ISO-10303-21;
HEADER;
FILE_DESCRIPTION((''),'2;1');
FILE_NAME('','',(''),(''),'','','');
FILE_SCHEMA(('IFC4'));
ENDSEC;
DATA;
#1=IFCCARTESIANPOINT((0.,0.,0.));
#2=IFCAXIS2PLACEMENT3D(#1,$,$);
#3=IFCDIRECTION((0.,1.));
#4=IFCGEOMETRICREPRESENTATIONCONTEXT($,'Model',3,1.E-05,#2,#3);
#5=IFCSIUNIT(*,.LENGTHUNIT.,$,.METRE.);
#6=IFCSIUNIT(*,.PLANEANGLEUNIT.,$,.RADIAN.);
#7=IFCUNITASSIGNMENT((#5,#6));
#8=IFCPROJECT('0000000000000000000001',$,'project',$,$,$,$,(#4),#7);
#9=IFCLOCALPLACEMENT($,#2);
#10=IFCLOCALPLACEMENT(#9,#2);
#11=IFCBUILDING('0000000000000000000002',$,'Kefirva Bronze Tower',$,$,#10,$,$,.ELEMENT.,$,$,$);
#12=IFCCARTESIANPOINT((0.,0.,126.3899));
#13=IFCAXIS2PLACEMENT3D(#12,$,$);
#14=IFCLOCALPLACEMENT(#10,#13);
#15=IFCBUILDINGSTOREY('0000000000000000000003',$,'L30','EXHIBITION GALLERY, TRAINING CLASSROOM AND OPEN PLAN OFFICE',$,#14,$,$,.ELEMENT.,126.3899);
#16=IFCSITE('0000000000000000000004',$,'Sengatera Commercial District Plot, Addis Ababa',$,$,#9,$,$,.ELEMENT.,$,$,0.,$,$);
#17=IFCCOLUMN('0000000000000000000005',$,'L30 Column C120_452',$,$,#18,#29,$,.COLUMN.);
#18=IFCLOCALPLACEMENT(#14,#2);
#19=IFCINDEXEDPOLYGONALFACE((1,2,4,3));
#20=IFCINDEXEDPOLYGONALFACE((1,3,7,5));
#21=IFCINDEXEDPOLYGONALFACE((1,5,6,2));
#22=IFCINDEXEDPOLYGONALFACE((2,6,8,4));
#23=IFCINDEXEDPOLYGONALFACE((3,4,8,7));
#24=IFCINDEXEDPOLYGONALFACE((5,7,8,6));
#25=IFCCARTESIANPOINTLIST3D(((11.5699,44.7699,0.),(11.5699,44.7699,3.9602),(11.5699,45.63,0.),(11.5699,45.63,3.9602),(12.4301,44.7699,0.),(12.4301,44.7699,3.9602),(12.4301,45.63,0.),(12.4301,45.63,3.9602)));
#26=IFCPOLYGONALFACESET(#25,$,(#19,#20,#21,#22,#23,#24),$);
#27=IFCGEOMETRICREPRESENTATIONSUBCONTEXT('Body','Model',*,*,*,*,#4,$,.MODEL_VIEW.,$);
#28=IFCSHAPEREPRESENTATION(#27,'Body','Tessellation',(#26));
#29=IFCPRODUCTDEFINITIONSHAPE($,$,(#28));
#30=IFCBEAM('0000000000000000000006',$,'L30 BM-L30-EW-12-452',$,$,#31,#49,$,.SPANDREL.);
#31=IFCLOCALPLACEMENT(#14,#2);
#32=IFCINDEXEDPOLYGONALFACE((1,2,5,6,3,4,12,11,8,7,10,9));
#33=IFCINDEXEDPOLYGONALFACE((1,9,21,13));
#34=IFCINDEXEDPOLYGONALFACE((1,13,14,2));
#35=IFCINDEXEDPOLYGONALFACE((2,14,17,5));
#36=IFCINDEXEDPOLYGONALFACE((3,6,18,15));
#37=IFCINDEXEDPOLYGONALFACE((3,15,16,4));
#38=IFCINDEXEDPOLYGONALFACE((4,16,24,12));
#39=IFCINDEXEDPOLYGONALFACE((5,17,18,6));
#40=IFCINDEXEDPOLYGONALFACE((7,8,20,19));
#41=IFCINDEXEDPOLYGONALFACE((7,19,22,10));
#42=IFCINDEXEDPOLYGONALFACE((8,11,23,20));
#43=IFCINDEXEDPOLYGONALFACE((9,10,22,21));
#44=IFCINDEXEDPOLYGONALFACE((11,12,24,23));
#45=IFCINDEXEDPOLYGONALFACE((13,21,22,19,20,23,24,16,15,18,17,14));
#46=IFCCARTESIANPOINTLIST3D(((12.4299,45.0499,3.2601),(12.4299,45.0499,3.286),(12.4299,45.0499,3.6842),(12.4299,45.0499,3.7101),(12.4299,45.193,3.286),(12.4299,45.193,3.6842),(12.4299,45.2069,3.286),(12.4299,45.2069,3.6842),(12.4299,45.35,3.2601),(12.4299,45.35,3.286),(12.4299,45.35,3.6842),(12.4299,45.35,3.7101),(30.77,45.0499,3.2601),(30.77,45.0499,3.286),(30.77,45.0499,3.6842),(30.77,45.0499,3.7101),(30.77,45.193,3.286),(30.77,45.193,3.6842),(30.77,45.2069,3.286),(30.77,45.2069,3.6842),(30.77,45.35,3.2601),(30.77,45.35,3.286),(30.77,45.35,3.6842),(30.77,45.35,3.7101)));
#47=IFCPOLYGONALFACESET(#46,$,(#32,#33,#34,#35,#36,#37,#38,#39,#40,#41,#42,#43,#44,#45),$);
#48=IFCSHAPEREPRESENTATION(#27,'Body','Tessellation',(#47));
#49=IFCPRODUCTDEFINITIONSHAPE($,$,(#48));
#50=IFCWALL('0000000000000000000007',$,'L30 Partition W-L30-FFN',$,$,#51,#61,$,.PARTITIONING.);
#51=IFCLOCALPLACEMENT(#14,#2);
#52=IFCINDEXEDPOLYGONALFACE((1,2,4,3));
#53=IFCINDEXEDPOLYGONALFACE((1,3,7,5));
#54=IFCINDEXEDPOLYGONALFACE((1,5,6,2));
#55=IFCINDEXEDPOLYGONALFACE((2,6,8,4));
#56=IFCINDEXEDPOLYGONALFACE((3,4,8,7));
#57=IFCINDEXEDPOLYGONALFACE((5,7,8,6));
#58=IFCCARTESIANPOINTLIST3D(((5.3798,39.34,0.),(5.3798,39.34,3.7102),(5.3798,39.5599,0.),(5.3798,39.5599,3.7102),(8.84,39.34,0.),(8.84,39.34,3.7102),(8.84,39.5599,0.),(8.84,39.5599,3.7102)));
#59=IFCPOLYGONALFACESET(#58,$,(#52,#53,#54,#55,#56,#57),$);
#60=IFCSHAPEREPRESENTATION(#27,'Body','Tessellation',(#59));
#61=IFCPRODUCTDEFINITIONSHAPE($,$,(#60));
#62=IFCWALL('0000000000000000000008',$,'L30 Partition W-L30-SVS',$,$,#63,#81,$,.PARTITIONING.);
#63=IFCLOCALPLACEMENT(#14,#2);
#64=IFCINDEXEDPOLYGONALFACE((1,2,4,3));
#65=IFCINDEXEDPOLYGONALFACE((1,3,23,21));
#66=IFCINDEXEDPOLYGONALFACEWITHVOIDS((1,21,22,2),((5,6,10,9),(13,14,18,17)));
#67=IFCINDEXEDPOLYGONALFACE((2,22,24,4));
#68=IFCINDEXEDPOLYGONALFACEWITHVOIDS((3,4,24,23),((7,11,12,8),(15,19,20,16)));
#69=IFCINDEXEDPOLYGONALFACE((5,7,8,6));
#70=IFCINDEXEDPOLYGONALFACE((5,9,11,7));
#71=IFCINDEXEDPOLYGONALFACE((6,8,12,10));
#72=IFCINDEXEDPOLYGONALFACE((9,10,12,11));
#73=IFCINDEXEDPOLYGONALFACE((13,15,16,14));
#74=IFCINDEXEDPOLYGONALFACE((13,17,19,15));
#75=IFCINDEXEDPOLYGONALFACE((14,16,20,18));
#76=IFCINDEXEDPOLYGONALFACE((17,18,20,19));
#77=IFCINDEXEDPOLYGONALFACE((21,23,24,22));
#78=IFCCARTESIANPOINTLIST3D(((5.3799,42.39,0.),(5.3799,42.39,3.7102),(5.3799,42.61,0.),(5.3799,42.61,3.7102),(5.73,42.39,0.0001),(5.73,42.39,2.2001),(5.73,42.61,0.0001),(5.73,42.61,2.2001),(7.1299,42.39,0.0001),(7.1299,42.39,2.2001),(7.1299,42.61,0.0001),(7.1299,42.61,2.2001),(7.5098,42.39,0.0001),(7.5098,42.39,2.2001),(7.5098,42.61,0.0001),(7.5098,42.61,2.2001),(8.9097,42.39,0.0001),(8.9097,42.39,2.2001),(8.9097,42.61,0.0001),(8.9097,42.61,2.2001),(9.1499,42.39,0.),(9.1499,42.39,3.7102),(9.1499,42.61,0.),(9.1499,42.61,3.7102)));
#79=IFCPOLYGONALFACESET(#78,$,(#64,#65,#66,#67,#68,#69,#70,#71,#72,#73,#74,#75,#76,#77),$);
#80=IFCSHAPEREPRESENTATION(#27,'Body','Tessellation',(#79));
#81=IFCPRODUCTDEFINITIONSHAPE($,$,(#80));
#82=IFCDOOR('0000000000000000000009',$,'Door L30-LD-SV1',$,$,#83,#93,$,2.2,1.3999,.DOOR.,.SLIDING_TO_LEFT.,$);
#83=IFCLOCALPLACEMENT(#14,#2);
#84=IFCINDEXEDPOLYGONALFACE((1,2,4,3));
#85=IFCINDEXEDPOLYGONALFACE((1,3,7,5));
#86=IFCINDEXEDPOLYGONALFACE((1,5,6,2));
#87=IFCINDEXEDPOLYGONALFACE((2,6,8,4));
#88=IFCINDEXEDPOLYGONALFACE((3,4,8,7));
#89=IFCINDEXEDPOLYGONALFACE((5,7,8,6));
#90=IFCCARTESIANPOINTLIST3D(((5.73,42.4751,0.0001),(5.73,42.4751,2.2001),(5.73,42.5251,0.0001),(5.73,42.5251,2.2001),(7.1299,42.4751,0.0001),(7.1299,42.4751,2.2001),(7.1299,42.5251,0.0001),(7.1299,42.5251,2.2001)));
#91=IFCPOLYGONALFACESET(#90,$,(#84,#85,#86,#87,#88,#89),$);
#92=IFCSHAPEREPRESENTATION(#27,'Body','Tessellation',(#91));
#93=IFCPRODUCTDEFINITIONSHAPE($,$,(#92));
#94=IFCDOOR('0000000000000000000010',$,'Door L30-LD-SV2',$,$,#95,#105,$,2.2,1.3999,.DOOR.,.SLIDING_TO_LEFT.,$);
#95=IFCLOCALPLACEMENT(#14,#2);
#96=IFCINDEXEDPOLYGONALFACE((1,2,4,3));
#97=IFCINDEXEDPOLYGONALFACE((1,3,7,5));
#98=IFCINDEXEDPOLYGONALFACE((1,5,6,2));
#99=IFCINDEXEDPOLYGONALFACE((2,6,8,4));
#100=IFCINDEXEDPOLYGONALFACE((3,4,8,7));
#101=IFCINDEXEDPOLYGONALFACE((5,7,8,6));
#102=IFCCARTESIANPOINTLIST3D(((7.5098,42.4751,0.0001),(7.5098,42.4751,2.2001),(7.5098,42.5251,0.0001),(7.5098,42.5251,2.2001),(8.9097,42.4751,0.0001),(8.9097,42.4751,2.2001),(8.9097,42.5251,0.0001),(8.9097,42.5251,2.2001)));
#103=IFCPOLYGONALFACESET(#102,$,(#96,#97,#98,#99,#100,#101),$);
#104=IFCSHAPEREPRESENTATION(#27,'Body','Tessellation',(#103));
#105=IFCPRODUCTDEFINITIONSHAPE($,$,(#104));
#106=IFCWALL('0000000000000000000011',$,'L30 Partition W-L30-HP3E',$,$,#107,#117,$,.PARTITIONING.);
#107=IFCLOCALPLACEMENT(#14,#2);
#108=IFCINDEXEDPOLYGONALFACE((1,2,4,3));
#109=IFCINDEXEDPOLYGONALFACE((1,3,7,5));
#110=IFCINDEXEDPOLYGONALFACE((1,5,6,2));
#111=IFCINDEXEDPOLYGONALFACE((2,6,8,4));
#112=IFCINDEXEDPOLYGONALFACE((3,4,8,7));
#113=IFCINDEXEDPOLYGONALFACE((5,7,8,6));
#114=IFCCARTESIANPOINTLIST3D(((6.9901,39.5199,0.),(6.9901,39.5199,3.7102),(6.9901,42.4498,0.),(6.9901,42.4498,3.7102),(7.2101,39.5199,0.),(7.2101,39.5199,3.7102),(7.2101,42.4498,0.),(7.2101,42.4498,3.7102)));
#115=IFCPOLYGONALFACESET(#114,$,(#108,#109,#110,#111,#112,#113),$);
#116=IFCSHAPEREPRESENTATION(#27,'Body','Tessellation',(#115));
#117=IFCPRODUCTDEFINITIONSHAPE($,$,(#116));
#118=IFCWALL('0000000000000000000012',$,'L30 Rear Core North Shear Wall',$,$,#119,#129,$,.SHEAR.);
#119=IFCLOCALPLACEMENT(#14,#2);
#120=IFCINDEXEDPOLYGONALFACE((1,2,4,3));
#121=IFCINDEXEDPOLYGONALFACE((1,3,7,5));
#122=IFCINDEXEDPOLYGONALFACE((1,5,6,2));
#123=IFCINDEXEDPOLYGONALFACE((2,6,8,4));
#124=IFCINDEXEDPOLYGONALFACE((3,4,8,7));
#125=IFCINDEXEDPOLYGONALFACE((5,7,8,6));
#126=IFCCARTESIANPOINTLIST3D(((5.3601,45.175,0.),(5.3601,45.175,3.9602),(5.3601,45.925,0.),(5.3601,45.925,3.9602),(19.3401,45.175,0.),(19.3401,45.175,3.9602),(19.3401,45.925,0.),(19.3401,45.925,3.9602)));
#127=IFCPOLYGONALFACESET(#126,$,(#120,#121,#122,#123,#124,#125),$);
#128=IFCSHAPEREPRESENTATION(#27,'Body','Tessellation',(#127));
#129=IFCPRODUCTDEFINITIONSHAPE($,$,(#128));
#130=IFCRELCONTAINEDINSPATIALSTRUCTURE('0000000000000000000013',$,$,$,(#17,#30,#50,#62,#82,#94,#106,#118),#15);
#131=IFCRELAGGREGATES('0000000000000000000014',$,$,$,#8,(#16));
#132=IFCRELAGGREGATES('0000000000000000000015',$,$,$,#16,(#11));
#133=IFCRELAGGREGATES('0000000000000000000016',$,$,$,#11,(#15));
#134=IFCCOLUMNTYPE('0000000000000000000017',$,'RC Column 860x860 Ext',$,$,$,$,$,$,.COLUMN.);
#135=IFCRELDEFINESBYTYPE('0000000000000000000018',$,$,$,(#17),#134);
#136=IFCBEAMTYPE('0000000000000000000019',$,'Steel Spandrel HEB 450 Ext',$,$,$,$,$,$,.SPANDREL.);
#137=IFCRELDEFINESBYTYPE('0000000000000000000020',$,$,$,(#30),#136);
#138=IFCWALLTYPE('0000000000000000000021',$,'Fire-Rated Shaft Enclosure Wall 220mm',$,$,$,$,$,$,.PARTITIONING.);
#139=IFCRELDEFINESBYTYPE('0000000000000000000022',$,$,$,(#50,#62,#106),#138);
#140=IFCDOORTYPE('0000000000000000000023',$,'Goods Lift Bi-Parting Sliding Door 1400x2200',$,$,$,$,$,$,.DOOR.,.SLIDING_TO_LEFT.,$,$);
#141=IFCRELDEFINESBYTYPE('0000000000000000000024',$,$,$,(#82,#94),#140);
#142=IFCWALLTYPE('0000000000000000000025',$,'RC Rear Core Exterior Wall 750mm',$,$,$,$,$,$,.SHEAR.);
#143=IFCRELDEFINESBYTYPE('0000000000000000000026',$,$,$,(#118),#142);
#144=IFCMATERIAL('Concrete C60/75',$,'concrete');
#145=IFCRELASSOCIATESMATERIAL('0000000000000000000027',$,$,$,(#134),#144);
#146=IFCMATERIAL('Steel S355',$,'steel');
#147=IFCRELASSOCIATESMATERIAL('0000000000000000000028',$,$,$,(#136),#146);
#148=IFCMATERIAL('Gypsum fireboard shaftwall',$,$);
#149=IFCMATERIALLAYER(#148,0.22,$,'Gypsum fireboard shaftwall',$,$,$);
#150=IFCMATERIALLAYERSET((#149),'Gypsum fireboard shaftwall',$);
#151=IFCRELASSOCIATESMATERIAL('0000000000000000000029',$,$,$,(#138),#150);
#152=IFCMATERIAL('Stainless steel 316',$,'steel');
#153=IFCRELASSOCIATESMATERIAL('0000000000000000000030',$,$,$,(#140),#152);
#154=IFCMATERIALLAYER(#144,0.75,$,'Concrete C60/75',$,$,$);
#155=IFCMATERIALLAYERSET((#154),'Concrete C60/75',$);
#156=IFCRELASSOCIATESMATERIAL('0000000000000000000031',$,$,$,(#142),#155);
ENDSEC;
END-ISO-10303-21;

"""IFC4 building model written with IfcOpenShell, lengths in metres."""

from ifc_helpers import new_model, si_unit, direction, frame, frame_2d, origin, origin_2d, place, context, subcontext, project, spatial, rectangle, i_section, extrude, material, layer, layer_set, material_profile, profile_set, type_object, element, fill, save


model = new_model("IFC4")

# Units and contexts
model_context = context("Model", 3, precision=1e-05, world=origin(), true_north=direction((0.0, 1.0)))
body_context = subcontext(model_context, "Body", "Model", "MODEL_VIEW")
ifc_project = project(units=[si_unit("LENGTHUNIT", "METRE"), si_unit("PLANEANGLEUNIT", "RADIAN")], contexts=[model_context])

# Site, building, storey
site_placement = place(None, origin())
site = spatial("IfcSite", under=ifc_project, at=site_placement, Name="Sengatera Commercial District Plot, Addis Ababa", CompositionType="ELEMENT", RefElevation=0.0)
building_placement = place(site_placement, origin())
building = spatial("IfcBuilding", under=site, at=building_placement, Name="Kefirva Bronze Tower", CompositionType="ELEMENT")
storey_placement = place(building_placement, frame((0.0, 0.0, 126.3899)))
storey = spatial("IfcBuildingStorey", under=building, at=storey_placement, Name="L30", Description="EXHIBITION GALLERY, TRAINING CLASSROOM AND OPEN PLAN OFFICE", CompositionType="ELEMENT", Elevation=126.3899)

# Column
ifc_material_1 = material(Name="Concrete C60/75", Category="concrete")
ifc_material_profile_1 = material_profile(ifc_material_1, rectangle(XDim=0.8601, YDim=0.8601, at=origin_2d()), Name="RC 860x860")
ifc_profile_set_1 = profile_set([ifc_material_profile_1], Name="Concrete C60/75")
column_type = type_object("IfcColumnType", Name="RC Column 860x860 Ext", PredefinedType="COLUMN", material=ifc_profile_set_1)
column_placement = place(storey_placement, frame((12.0, 45.2, 0.0), z_axis=(0.0, 0.0, 1.0), x_axis=(1.0, 0.0, 0.0)))
element("IfcColumn", 1, at=column_placement, inside=storey, type_object=column_type, Name="L30 Column C120_452", PredefinedType="COLUMN", context=body_context, shape_type="SweptSolid", body=[
    extrude(rectangle(XDim=0.8601, YDim=0.8601, at=origin_2d()), origin(), (0.0, 0.0, 1.0), 3.9602),
])

# Beam
ifc_material_2 = material(Name="Steel S355", Category="steel")
ifc_material_profile_2 = material_profile(ifc_material_2, i_section(OverallWidth=0.3, OverallDepth=0.45, WebThickness=0.0139, FlangeThickness=0.0259, at=origin_2d()), Name="HEB 450")
ifc_profile_set_2 = profile_set([ifc_material_profile_2], Name="Steel S355")
beam_type = type_object("IfcBeamType", Name="Steel Spandrel HEB 450 Ext", PredefinedType="SPANDREL", material=ifc_profile_set_2)
beam_placement = place(storey_placement, frame((12.4299, 45.2, 3.4851), z_axis=(1.0, 0.0, 0.0), x_axis=(0.0, 1.0, 0.0)))
element("IfcBeam", 2, at=beam_placement, inside=storey, type_object=beam_type, Name="L30 BM-L30-EW-12-452", PredefinedType="SPANDREL", context=body_context, shape_type="SweptSolid", body=[
    extrude(i_section(OverallWidth=0.3, OverallDepth=0.45, WebThickness=0.0139, FlangeThickness=0.0259, at=origin_2d()), origin(), (0.0, 0.0, 1.0), 18.3401),
])

# Wall
ifc_material_3 = material(Name="Gypsum fireboard shaftwall")
ifc_layer_1 = layer(ifc_material_3, 0.22, Name="Gypsum fireboard shaftwall")
ifc_layer_set_1 = layer_set([ifc_layer_1], Name="Gypsum fireboard shaftwall")
wall_type_1 = type_object("IfcWallType", Name="Fire-Rated Shaft Enclosure Wall 220mm", PredefinedType="PARTITIONING", material=ifc_layer_set_1)
wall_1_placement = place(storey_placement, frame((5.3799, 39.45, 0.0), z_axis=(0.0, 0.0, 1.0), x_axis=(1.0, 0.0, 0.0)))
element("IfcWall", 3, at=wall_1_placement, inside=storey, type_object=wall_type_1, Name="L30 Partition W-L30-FFN", PredefinedType="PARTITIONING", context=body_context, shape_type="SweptSolid", body=[
    extrude(rectangle(XDim=3.4602, YDim=0.22, at=frame_2d((1.73, 0.0))), origin(), (0.0, 0.0, 1.0), 3.7102),
])

# Wall, openings, doors
wall_2_placement = place(storey_placement, frame((5.3799, 42.5, 0.0), z_axis=(0.0, 0.0, 1.0), x_axis=(1.0, 0.0, 0.0)))
wall_2 = element("IfcWall", 4, at=wall_2_placement, inside=storey, type_object=wall_type_1, Name="L30 Partition W-L30-SVS", PredefinedType="PARTITIONING", context=body_context, shape_type="SweptSolid", body=[
    extrude(rectangle(XDim=3.77, YDim=0.22, at=frame_2d((1.885, 0.0))), origin(), (0.0, 0.0, 1.0), 3.7102),
])
opening_1_placement = place(wall_2_placement, frame((1.75, 0.0, 0.0), z_axis=(0.0, 0.0, 1.0), x_axis=(-1.0, 0.0, 0.0)))
opening_1 = element("IfcOpeningElement", 5, at=opening_1_placement, cuts=wall_2, PredefinedType="OPENING", context=body_context, shape_type="SweptSolid", body=[
    extrude(rectangle(XDim=1.3999, YDim=2.2, at=frame_2d((0.7, 1.1001))), frame((0.0, 0.1201, 0.0), z_axis=(0.0, -1.0, 0.0), x_axis=(1.0, 0.0, 0.0)), (0.0, 0.0, 1.0), 0.24),
])
opening_2_placement = place(wall_2_placement, frame((3.5298, 0.0, 0.0), z_axis=(0.0, 0.0, 1.0), x_axis=(-1.0, 0.0, 0.0)))
opening_2 = element("IfcOpeningElement", 6, at=opening_2_placement, cuts=wall_2, PredefinedType="OPENING", context=body_context, shape_type="SweptSolid", body=[
    extrude(rectangle(XDim=1.3999, YDim=2.2, at=frame_2d((0.7, 1.1001))), frame((0.0, 0.1201, 0.0), z_axis=(0.0, -1.0, 0.0), x_axis=(1.0, 0.0, 0.0)), (0.0, 0.0, 1.0), 0.24),
])
ifc_material_4 = material(Name="Stainless steel 316", Category="steel")
door_type_1 = type_object("IfcDoorType", Name="Goods Lift Bi-Parting Sliding Door 1400x2200", OperationType="SLIDING_TO_LEFT", PredefinedType="DOOR", material=ifc_material_4)
door_1_placement = place(opening_1_placement, origin())
door_1 = element("IfcDoor", 7, at=door_1_placement, inside=storey, type_object=door_type_1, Name="Door L30-LD-SV1", OperationType="SLIDING_TO_LEFT", OverallHeight=2.2, OverallWidth=1.3999, PredefinedType="DOOR", context=body_context, shape_type="SweptSolid", body=[
    extrude(rectangle(XDim=1.3999, YDim=2.2, at=frame_2d((0.7, 1.1001))), frame((0.0, 0.0249, 0.0), z_axis=(0.0, -1.0, 0.0), x_axis=(1.0, 0.0, 0.0)), (0.0, 0.0, 1.0), 0.05),
])
fill(opening_1, door_1)
door_2_placement = place(opening_2_placement, origin())
door_2 = element("IfcDoor", 8, at=door_2_placement, inside=storey, type_object=door_type_1, Name="Door L30-LD-SV2", OperationType="SLIDING_TO_LEFT", OverallHeight=2.2, OverallWidth=1.3999, PredefinedType="DOOR", context=body_context, shape_type="SweptSolid", body=[
    extrude(rectangle(XDim=1.3999, YDim=2.2, at=frame_2d((0.7, 1.1001))), frame((0.0, 0.0249, 0.0), z_axis=(0.0, -1.0, 0.0), x_axis=(1.0, 0.0, 0.0)), (0.0, 0.0, 1.0), 0.05),
])
fill(opening_2, door_2)

# Walls
wall_3_placement = place(storey_placement, frame((7.1001, 39.52, 0.0), z_axis=(0.0, 0.0, 1.0), x_axis=(0.0, 1.0, 0.0)))
element("IfcWall", 9, at=wall_3_placement, inside=storey, type_object=wall_type_1, Name="L30 Partition W-L30-HP3E", PredefinedType="PARTITIONING", context=body_context, shape_type="SweptSolid", body=[
    extrude(rectangle(XDim=2.9299, YDim=0.22, at=frame_2d((1.4648, 0.0))), origin(), (0.0, 0.0, 1.0), 3.7102),
])
ifc_layer_2 = layer(ifc_material_1, 0.75, Name="Concrete C60/75")
ifc_layer_set_2 = layer_set([ifc_layer_2], Name="Concrete C60/75")
wall_type_2 = type_object("IfcWallType", Name="RC Rear Core Exterior Wall 750mm", PredefinedType="SHEAR", material=ifc_layer_set_2)
wall_4_placement = place(storey_placement, frame((5.3601, 45.55, 0.0), z_axis=(0.0, 0.0, 1.0), x_axis=(1.0, 0.0, 0.0)))
element("IfcWall", 10, at=wall_4_placement, inside=storey, type_object=wall_type_2, Name="L30 Rear Core North Shear Wall", PredefinedType="SHEAR", context=body_context, shape_type="SweptSolid", body=[
    extrude(rectangle(XDim=13.98, YDim=0.75, at=frame_2d((6.99, 0.0))), origin(), (0.0, 0.0, 1.0), 3.9602),
])

save(model, "model.ifc")
